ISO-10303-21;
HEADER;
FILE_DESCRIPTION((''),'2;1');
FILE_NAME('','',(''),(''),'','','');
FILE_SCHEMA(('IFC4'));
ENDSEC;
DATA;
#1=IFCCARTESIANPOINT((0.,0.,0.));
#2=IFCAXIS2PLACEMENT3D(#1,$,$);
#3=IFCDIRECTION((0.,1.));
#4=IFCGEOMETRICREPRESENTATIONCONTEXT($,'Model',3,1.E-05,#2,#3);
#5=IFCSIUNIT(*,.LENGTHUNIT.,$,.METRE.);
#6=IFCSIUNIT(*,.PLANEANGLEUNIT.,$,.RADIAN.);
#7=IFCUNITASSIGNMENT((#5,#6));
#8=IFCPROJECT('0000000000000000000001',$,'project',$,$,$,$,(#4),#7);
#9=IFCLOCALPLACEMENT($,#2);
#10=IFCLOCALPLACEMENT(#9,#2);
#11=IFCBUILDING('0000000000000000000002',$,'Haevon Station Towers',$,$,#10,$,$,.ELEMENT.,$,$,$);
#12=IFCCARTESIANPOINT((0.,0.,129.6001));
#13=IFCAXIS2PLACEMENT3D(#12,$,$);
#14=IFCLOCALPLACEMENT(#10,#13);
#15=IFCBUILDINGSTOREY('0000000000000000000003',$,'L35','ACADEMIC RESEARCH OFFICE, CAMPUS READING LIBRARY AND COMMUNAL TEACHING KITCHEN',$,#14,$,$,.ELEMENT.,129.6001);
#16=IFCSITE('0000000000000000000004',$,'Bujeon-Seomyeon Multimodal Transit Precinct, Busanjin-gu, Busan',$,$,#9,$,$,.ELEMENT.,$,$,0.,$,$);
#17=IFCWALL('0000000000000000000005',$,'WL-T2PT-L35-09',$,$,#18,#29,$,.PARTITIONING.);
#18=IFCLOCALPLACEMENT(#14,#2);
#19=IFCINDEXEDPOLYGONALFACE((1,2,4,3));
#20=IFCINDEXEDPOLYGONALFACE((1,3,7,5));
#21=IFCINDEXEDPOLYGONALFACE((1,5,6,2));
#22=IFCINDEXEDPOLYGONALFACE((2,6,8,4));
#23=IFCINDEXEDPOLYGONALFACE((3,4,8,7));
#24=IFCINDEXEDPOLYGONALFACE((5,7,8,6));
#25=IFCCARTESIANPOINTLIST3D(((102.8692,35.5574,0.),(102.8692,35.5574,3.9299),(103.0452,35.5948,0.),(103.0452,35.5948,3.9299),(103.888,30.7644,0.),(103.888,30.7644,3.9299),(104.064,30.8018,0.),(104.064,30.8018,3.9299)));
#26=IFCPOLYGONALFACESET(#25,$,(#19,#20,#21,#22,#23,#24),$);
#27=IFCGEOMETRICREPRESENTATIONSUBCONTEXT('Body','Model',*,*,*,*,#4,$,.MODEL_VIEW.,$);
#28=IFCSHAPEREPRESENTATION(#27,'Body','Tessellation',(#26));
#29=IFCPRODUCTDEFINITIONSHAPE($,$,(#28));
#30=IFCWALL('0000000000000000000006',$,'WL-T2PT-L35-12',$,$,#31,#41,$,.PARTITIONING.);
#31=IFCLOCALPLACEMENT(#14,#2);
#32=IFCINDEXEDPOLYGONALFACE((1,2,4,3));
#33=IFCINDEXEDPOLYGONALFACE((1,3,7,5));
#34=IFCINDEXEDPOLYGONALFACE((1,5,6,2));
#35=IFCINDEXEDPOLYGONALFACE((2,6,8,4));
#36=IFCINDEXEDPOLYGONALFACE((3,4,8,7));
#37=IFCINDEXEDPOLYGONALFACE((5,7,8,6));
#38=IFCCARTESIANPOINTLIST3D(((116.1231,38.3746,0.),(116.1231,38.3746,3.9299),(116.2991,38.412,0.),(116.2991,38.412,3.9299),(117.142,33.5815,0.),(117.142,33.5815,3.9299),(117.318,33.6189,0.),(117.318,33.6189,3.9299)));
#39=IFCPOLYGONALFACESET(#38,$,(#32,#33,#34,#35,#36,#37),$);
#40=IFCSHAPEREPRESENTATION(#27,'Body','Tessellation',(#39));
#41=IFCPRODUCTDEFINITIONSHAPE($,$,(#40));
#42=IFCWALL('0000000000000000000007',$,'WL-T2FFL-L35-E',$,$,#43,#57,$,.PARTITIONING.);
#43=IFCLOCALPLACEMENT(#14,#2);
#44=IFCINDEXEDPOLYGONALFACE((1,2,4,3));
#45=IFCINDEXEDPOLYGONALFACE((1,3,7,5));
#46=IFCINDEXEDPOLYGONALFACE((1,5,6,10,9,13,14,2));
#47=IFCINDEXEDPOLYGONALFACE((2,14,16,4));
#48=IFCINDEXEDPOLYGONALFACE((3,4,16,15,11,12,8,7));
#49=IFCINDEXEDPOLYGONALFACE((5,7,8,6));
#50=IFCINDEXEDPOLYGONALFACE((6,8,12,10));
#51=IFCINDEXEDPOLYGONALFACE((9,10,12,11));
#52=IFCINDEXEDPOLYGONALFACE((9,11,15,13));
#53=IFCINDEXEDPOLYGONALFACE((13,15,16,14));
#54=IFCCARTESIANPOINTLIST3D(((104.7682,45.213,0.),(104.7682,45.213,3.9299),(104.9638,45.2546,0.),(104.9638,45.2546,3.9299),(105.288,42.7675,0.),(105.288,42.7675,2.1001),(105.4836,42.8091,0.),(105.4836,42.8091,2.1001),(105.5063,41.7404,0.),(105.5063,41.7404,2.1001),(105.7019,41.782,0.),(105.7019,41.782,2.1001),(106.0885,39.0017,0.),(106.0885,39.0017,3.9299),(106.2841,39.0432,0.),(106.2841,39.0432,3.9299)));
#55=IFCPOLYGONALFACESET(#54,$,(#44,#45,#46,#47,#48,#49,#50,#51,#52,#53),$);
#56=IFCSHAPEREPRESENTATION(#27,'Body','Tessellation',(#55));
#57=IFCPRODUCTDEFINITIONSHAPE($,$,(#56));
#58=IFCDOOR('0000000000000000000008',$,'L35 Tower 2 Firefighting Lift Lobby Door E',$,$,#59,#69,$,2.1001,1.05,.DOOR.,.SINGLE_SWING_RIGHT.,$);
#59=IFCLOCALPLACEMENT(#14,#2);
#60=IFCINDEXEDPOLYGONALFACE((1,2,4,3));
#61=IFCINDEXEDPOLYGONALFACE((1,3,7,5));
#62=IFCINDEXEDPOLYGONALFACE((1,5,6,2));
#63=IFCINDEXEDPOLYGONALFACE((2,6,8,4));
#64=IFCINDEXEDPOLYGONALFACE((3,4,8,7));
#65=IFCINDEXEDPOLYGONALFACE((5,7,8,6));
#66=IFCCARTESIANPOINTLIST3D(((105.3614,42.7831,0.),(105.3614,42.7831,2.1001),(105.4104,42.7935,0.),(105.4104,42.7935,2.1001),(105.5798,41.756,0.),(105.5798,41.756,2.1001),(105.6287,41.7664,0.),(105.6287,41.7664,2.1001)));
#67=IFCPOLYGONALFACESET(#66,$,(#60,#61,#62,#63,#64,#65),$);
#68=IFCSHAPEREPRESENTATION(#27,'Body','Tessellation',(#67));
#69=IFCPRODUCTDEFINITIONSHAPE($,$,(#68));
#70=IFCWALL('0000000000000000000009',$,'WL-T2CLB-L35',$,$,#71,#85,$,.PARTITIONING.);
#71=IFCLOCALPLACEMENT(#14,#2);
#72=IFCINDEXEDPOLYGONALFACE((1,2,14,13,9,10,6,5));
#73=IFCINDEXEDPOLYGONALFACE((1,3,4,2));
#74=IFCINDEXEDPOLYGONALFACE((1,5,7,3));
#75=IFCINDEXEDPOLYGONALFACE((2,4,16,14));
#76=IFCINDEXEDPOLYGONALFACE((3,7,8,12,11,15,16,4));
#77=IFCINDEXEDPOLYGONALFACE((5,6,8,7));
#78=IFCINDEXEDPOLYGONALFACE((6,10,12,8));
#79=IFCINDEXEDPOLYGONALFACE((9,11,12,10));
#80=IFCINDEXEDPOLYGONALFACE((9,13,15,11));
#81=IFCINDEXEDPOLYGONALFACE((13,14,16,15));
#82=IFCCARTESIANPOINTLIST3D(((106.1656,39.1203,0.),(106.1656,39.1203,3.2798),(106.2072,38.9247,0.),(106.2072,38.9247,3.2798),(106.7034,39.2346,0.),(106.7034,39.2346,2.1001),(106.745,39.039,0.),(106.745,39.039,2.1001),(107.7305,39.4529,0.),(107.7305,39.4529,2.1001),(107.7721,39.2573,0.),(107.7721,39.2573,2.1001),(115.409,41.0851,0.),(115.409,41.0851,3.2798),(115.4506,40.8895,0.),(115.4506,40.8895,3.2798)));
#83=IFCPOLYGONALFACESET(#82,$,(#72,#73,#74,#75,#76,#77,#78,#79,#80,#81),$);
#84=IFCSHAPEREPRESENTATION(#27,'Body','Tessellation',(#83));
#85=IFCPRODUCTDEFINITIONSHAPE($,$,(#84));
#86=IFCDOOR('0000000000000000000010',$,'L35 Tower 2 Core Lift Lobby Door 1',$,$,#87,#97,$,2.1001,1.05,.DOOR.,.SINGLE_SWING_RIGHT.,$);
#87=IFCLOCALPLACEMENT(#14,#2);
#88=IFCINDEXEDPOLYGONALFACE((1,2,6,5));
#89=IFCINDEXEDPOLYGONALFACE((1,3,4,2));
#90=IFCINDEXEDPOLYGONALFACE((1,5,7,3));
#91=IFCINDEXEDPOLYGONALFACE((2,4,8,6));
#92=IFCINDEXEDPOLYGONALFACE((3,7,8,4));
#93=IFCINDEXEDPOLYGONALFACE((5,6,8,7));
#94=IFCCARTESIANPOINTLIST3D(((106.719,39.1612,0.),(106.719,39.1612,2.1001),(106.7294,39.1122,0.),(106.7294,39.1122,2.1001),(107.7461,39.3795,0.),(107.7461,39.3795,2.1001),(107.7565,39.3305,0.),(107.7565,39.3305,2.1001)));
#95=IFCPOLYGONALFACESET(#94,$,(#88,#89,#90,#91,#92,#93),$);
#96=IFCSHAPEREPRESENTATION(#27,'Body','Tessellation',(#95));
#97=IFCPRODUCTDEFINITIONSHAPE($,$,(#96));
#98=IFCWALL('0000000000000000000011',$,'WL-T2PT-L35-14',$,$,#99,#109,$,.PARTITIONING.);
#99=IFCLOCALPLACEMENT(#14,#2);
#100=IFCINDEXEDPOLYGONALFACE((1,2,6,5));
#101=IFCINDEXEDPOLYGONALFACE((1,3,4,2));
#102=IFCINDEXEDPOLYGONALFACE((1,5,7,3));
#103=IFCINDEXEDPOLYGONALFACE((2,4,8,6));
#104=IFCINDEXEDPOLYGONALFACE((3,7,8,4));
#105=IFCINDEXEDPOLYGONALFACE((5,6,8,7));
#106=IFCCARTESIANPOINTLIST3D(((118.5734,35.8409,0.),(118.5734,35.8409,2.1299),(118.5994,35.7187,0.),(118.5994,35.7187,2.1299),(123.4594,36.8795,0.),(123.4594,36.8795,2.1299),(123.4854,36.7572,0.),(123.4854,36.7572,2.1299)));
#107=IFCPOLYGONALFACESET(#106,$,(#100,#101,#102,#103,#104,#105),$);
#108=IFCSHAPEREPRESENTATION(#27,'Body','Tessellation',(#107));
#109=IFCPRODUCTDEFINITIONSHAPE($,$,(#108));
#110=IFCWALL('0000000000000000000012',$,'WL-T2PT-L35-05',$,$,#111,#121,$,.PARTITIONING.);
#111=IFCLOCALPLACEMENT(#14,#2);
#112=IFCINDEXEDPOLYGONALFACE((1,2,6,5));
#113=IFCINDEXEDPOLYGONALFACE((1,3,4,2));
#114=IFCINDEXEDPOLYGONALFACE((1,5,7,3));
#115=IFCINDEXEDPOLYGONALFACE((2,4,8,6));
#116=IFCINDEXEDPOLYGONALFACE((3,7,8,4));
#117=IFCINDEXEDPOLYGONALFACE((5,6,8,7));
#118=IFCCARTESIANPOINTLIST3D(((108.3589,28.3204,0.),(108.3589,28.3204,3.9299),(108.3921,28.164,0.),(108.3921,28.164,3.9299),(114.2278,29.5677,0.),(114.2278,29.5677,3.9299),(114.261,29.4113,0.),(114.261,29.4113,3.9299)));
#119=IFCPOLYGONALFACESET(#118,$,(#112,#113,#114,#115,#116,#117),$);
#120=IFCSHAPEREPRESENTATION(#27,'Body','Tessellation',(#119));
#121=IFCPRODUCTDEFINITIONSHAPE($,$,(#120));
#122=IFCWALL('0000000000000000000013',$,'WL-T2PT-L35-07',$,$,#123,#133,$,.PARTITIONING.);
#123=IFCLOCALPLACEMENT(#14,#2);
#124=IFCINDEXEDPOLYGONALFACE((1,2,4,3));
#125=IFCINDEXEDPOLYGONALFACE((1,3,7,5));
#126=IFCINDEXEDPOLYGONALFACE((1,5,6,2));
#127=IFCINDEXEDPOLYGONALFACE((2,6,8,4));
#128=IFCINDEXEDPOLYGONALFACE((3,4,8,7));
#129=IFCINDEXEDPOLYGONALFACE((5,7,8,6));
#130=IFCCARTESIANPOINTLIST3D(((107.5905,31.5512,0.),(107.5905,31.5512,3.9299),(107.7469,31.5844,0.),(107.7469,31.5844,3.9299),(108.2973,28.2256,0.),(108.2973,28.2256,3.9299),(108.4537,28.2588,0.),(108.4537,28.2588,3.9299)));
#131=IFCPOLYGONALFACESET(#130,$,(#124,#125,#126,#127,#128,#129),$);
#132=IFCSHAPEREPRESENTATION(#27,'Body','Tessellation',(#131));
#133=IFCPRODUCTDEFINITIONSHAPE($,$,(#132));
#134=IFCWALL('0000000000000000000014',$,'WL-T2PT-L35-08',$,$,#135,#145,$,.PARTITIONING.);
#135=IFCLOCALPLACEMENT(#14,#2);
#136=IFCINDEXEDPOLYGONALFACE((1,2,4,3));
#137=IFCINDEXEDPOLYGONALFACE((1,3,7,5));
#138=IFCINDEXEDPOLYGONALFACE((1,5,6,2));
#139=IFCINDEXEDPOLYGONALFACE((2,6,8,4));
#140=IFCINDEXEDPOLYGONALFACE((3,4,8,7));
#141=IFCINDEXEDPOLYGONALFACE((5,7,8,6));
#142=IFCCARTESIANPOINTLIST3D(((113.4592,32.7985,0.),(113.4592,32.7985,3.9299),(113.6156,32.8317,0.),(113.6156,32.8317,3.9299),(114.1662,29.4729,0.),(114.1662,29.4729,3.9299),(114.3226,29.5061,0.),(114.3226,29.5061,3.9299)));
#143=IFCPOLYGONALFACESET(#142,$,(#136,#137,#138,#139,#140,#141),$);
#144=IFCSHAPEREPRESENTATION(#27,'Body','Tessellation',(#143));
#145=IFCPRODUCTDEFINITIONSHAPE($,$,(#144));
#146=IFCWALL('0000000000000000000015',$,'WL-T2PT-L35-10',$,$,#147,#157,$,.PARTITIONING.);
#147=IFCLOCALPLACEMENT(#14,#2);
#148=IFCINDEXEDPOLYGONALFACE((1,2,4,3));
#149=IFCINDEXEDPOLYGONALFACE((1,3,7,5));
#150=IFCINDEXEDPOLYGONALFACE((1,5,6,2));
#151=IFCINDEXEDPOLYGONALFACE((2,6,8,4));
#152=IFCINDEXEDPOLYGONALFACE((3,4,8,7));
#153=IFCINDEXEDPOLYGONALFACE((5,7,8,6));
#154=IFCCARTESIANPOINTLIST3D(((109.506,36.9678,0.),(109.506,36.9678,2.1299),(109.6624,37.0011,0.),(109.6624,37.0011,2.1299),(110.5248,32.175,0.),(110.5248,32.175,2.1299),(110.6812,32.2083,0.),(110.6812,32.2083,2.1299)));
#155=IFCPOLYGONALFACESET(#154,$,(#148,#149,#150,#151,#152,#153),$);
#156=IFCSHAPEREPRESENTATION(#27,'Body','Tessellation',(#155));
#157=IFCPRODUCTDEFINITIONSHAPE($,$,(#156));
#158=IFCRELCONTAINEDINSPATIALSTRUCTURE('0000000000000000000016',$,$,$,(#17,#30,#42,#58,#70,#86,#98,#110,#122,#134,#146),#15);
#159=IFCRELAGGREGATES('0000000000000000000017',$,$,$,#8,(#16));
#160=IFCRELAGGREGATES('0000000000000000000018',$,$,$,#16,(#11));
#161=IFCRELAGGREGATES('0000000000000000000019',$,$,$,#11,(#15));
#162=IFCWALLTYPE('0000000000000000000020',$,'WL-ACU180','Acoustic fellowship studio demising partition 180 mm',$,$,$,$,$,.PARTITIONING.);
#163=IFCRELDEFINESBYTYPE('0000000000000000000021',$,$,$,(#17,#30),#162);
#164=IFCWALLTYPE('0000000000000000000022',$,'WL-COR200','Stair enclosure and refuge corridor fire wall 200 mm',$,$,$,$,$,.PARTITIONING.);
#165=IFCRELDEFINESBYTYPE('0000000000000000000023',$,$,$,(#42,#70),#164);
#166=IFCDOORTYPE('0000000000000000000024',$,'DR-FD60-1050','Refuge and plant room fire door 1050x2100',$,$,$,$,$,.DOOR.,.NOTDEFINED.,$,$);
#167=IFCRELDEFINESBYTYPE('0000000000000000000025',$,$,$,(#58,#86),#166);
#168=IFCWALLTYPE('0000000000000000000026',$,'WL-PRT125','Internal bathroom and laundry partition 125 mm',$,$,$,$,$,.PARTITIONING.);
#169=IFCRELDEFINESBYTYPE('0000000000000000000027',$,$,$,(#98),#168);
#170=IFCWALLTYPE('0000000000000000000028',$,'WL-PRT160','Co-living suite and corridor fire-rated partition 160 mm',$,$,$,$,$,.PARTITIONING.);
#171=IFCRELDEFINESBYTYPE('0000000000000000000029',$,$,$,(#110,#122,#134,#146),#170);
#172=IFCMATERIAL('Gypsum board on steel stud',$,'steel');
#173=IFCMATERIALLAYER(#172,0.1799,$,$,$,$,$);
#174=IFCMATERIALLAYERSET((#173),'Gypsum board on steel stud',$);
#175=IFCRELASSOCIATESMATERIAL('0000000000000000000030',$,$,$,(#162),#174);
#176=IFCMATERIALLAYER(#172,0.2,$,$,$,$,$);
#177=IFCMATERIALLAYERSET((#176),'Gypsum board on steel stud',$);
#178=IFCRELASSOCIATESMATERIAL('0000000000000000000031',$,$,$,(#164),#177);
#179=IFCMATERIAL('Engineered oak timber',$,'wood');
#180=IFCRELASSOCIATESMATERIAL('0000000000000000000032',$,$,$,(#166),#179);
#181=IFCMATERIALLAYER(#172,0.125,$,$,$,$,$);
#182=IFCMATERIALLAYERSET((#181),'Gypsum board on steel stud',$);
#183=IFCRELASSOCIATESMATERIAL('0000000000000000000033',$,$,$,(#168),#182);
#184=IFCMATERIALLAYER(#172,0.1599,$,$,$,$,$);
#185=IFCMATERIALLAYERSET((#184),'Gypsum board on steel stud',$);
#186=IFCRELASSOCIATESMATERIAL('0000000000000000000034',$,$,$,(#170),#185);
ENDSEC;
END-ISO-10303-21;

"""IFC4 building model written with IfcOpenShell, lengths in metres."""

from ifc_helpers import new_model, si_unit, direction, frame, frame_2d, origin, place, context, subcontext, project, spatial, rectangle, extrude, material, layer, layer_set, type_object, element, fill, save


model = new_model("IFC4")

# Units and contexts
model_context = context("Model", 3, precision=1e-05, world=origin(), true_north=direction((0.0, 1.0)))
body_context = subcontext(model_context, "Body", "Model", "MODEL_VIEW")
ifc_project = project(units=[si_unit("LENGTHUNIT", "METRE"), si_unit("PLANEANGLEUNIT", "RADIAN")], contexts=[model_context])

# Site, building, storey
site_placement = place(None, origin())
site = spatial("IfcSite", under=ifc_project, at=site_placement, Name="Bujeon-Seomyeon Multimodal Transit Precinct, Busanjin-gu, Busan", CompositionType="ELEMENT", RefElevation=0.0)
building_placement = place(site_placement, origin())
building = spatial("IfcBuilding", under=site, at=building_placement, Name="Haevon Station Towers", CompositionType="ELEMENT")
storey_placement = place(building_placement, frame((0.0, 0.0, 129.6001)))
storey = spatial("IfcBuildingStorey", under=building, at=storey_placement, Name="L35", Description="ACADEMIC RESEARCH OFFICE, CAMPUS READING LIBRARY AND COMMUNAL TEACHING KITCHEN", CompositionType="ELEMENT", Elevation=129.6001)

# Walls
ifc_material_1 = material(Name="Gypsum board on steel stud", Category="steel")
ifc_layer_1 = layer(ifc_material_1, 0.1799)
ifc_layer_set_1 = layer_set([ifc_layer_1], Name="Gypsum board on steel stud")
wall_type_1 = type_object("IfcWallType", Name="WL-ACU180", Description="Acoustic fellowship studio demising partition 180 mm", PredefinedType="PARTITIONING", material=ifc_layer_set_1)
for number, where, z_axis, x_axis, name in (
    (1, (103.9761, 30.783, 0.0), (0.0, 0.0, 1.0), (-0.207916, 0.978147, 0.0), "WL-T2PT-L35-09"),
    (2, (117.23, 33.6001, 0.0), (0.0, 0.0, 1.0), (-0.207916, 0.978147, 0.0), "WL-T2PT-L35-12"),
):
    element("IfcWall", number, at=place(storey_placement, frame(where, z_axis=z_axis, x_axis=x_axis)), inside=storey, type_object=wall_type_1, Name=name, PredefinedType="PARTITIONING", context=body_context, shape_type="SweptSolid", body=[
        extrude(rectangle(XDim=4.9001, YDim=0.1799, at=frame_2d((2.4502, 0.0))), origin(), (0.0, 0.0, 1.0), 3.9299),
    ])

# Walls, openings, doors
ifc_layer_2 = layer(ifc_material_1, 0.2)
ifc_layer_set_2 = layer_set([ifc_layer_2], Name="Gypsum board on steel stud")
wall_type_2 = type_object("IfcWallType", Name="WL-COR200", Description="Stair enclosure and refuge corridor fire wall 200 mm", PredefinedType="PARTITIONING", material=ifc_layer_set_2)
wall_1_placement = place(storey_placement, frame((106.1863, 39.0225, 0.0), z_axis=(0.0, 0.0, 1.0), x_axis=(-0.207917, 0.978147, 0.0)))
wall_1 = element("IfcWall", 3, at=wall_1_placement, inside=storey, type_object=wall_type_2, Name="WL-T2FFL-L35-E", PredefinedType="PARTITIONING", context=body_context, shape_type="SweptSolid", body=[
    extrude(rectangle(XDim=6.3501, YDim=0.2, at=frame_2d((3.175, 0.0))), origin(), (0.0, 0.0, 1.0), 3.9299),
])
opening_1_placement = place(wall_1_placement, frame((2.8, 0.0, 0.0)))
opening_1 = element("IfcOpeningElement", 4, at=opening_1_placement, cuts=wall_1, PredefinedType="OPENING", context=body_context, shape_type="SweptSolid", body=[
    extrude(rectangle(XDim=1.05, YDim=2.1001, at=frame_2d((0.5249, 1.05))), frame((0.0, 0.1099, 0.0), z_axis=(0.0, -1.0, 0.0), x_axis=(1.0, 0.0, 0.0)), (0.0, 0.0, 1.0), 0.22),
])
ifc_material_2 = material(Name="Engineered oak timber", Category="wood")
door_type = type_object("IfcDoorType", Name="DR-FD60-1050", Description="Refuge and plant room fire door 1050x2100", OperationType="NOTDEFINED", PredefinedType="DOOR", material=ifc_material_2)
door_1_placement = place(opening_1_placement, origin())
door_1 = element("IfcDoor", 5, at=door_1_placement, inside=storey, type_object=door_type, Name="L35 Tower 2 Firefighting Lift Lobby Door E", OperationType="SINGLE_SWING_RIGHT", OverallHeight=2.1001, OverallWidth=1.05, PredefinedType="DOOR", context=body_context, shape_type="SweptSolid", body=[
    extrude(rectangle(XDim=1.05, YDim=2.1001, at=frame_2d((0.5249, 1.05))), frame((0.0, 0.0249, 0.0), z_axis=(0.0, -1.0, 0.0), x_axis=(1.0, 0.0, 0.0)), (0.0, 0.0, 1.0), 0.05),
])
fill(opening_1, door_1)
wall_2_placement = place(storey_placement, frame((106.1863, 39.0225, 0.0), z_axis=(0.0, 0.0, 1.0), x_axis=(0.978146, 0.207921, 0.0)))
wall_2 = element("IfcWall", 6, at=wall_2_placement, inside=storey, type_object=wall_type_2, Name="WL-T2CLB-L35", PredefinedType="PARTITIONING", context=body_context, shape_type="SweptSolid", body=[
    extrude(rectangle(XDim=9.45, YDim=0.2, at=frame_2d((4.7251, 0.0))), origin(), (0.0, 0.0, 1.0), 3.2798),
])
opening_2_placement = place(wall_2_placement, frame((0.55, 0.0, 0.0)))
opening_2 = element("IfcOpeningElement", 7, at=opening_2_placement, cuts=wall_2, PredefinedType="OPENING", context=body_context, shape_type="SweptSolid", body=[
    extrude(rectangle(XDim=1.05, YDim=2.1001, at=frame_2d((0.5249, 1.05))), frame((0.0, 0.1099, 0.0), z_axis=(0.0, -1.0, 0.0), x_axis=(1.0, 0.0, 0.0)), (0.0, 0.0, 1.0), 0.22),
])
door_2_placement = place(opening_2_placement, origin())
door_2 = element("IfcDoor", 8, at=door_2_placement, inside=storey, type_object=door_type, Name="L35 Tower 2 Core Lift Lobby Door 1", OperationType="SINGLE_SWING_RIGHT", OverallHeight=2.1001, OverallWidth=1.05, PredefinedType="DOOR", context=body_context, shape_type="SweptSolid", body=[
    extrude(rectangle(XDim=1.05, YDim=2.1001, at=frame_2d((0.5249, 1.05))), frame((0.0, 0.0249, 0.0), z_axis=(0.0, -1.0, 0.0), x_axis=(1.0, 0.0, 0.0)), (0.0, 0.0, 1.0), 0.05),
])
fill(opening_2, door_2)

# Walls
ifc_layer_3 = layer(ifc_material_1, 0.125)
ifc_layer_set_3 = layer_set([ifc_layer_3], Name="Gypsum board on steel stud")
wall_type_3 = type_object("IfcWallType", Name="WL-PRT125", Description="Internal bathroom and laundry partition 125 mm", PredefinedType="PARTITIONING", material=ifc_layer_set_3)
wall_3_placement = place(storey_placement, frame((118.5864, 35.7798, 0.0), z_axis=(0.0, 0.0, 1.0), x_axis=(0.978147, 0.207917, 0.0)))
element("IfcWall", 9, at=wall_3_placement, inside=storey, type_object=wall_type_3, Name="WL-T2PT-L35-14", PredefinedType="PARTITIONING", context=body_context, shape_type="SweptSolid", body=[
    extrude(rectangle(XDim=4.9951, YDim=0.125, at=frame_2d((2.4976, 0.0))), origin(), (0.0, 0.0, 1.0), 2.1299),
])
ifc_layer_4 = layer(ifc_material_1, 0.1599)
ifc_layer_set_4 = layer_set([ifc_layer_4], Name="Gypsum board on steel stud")
wall_type_4 = type_object("IfcWallType", Name="WL-PRT160", Description="Co-living suite and corridor fire-rated partition 160 mm", PredefinedType="PARTITIONING", material=ifc_layer_set_4)
wall_4_placement = place(storey_placement, frame((108.3755, 28.2422, 0.0), z_axis=(0.0, 0.0, 1.0), x_axis=(0.978153, 0.207886, 0.0)))
element("IfcWall", 10, at=wall_4_placement, inside=storey, type_object=wall_type_4, Name="WL-T2PT-L35-05", PredefinedType="PARTITIONING", context=body_context, shape_type="SweptSolid", body=[
    extrude(rectangle(XDim=6.0, YDim=0.1599, at=frame_2d((3.0, 0.0))), origin(), (0.0, 0.0, 1.0), 3.9299),
])
for number, where, z_axis, x_axis, name in (
    (11, (108.3755, 28.2422, 0.0), (0.0, 0.0, 1.0), (-0.207881, 0.978154, 0.0), "WL-T2PT-L35-07"),
    (12, (114.2444, 29.4895, 0.0), (0.0, 0.0, 1.0), (-0.20795, 0.97814, 0.0), "WL-T2PT-L35-08"),
):
    element("IfcWall", number, at=place(storey_placement, frame(where, z_axis=z_axis, x_axis=x_axis)), inside=storey, type_object=wall_type_4, Name=name, PredefinedType="PARTITIONING", context=body_context, shape_type="SweptSolid", body=[
        extrude(rectangle(XDim=3.3999, YDim=0.1599, at=frame_2d((1.7, 0.0))), origin(), (0.0, 0.0, 1.0), 3.9299),
    ])
wall_5_placement = place(storey_placement, frame((110.603, 32.1917, 0.0), z_axis=(0.0, 0.0, 1.0), x_axis=(-0.207926, 0.978145, 0.0)))
element("IfcWall", 13, at=wall_5_placement, inside=storey, type_object=wall_type_4, Name="WL-T2PT-L35-10", PredefinedType="PARTITIONING", context=body_context, shape_type="SweptSolid", body=[
    extrude(rectangle(XDim=4.8999, YDim=0.1599, at=frame_2d((2.45, 0.0))), origin(), (0.0, 0.0, 1.0), 2.1299),
])

save(model, "model.ifc")
